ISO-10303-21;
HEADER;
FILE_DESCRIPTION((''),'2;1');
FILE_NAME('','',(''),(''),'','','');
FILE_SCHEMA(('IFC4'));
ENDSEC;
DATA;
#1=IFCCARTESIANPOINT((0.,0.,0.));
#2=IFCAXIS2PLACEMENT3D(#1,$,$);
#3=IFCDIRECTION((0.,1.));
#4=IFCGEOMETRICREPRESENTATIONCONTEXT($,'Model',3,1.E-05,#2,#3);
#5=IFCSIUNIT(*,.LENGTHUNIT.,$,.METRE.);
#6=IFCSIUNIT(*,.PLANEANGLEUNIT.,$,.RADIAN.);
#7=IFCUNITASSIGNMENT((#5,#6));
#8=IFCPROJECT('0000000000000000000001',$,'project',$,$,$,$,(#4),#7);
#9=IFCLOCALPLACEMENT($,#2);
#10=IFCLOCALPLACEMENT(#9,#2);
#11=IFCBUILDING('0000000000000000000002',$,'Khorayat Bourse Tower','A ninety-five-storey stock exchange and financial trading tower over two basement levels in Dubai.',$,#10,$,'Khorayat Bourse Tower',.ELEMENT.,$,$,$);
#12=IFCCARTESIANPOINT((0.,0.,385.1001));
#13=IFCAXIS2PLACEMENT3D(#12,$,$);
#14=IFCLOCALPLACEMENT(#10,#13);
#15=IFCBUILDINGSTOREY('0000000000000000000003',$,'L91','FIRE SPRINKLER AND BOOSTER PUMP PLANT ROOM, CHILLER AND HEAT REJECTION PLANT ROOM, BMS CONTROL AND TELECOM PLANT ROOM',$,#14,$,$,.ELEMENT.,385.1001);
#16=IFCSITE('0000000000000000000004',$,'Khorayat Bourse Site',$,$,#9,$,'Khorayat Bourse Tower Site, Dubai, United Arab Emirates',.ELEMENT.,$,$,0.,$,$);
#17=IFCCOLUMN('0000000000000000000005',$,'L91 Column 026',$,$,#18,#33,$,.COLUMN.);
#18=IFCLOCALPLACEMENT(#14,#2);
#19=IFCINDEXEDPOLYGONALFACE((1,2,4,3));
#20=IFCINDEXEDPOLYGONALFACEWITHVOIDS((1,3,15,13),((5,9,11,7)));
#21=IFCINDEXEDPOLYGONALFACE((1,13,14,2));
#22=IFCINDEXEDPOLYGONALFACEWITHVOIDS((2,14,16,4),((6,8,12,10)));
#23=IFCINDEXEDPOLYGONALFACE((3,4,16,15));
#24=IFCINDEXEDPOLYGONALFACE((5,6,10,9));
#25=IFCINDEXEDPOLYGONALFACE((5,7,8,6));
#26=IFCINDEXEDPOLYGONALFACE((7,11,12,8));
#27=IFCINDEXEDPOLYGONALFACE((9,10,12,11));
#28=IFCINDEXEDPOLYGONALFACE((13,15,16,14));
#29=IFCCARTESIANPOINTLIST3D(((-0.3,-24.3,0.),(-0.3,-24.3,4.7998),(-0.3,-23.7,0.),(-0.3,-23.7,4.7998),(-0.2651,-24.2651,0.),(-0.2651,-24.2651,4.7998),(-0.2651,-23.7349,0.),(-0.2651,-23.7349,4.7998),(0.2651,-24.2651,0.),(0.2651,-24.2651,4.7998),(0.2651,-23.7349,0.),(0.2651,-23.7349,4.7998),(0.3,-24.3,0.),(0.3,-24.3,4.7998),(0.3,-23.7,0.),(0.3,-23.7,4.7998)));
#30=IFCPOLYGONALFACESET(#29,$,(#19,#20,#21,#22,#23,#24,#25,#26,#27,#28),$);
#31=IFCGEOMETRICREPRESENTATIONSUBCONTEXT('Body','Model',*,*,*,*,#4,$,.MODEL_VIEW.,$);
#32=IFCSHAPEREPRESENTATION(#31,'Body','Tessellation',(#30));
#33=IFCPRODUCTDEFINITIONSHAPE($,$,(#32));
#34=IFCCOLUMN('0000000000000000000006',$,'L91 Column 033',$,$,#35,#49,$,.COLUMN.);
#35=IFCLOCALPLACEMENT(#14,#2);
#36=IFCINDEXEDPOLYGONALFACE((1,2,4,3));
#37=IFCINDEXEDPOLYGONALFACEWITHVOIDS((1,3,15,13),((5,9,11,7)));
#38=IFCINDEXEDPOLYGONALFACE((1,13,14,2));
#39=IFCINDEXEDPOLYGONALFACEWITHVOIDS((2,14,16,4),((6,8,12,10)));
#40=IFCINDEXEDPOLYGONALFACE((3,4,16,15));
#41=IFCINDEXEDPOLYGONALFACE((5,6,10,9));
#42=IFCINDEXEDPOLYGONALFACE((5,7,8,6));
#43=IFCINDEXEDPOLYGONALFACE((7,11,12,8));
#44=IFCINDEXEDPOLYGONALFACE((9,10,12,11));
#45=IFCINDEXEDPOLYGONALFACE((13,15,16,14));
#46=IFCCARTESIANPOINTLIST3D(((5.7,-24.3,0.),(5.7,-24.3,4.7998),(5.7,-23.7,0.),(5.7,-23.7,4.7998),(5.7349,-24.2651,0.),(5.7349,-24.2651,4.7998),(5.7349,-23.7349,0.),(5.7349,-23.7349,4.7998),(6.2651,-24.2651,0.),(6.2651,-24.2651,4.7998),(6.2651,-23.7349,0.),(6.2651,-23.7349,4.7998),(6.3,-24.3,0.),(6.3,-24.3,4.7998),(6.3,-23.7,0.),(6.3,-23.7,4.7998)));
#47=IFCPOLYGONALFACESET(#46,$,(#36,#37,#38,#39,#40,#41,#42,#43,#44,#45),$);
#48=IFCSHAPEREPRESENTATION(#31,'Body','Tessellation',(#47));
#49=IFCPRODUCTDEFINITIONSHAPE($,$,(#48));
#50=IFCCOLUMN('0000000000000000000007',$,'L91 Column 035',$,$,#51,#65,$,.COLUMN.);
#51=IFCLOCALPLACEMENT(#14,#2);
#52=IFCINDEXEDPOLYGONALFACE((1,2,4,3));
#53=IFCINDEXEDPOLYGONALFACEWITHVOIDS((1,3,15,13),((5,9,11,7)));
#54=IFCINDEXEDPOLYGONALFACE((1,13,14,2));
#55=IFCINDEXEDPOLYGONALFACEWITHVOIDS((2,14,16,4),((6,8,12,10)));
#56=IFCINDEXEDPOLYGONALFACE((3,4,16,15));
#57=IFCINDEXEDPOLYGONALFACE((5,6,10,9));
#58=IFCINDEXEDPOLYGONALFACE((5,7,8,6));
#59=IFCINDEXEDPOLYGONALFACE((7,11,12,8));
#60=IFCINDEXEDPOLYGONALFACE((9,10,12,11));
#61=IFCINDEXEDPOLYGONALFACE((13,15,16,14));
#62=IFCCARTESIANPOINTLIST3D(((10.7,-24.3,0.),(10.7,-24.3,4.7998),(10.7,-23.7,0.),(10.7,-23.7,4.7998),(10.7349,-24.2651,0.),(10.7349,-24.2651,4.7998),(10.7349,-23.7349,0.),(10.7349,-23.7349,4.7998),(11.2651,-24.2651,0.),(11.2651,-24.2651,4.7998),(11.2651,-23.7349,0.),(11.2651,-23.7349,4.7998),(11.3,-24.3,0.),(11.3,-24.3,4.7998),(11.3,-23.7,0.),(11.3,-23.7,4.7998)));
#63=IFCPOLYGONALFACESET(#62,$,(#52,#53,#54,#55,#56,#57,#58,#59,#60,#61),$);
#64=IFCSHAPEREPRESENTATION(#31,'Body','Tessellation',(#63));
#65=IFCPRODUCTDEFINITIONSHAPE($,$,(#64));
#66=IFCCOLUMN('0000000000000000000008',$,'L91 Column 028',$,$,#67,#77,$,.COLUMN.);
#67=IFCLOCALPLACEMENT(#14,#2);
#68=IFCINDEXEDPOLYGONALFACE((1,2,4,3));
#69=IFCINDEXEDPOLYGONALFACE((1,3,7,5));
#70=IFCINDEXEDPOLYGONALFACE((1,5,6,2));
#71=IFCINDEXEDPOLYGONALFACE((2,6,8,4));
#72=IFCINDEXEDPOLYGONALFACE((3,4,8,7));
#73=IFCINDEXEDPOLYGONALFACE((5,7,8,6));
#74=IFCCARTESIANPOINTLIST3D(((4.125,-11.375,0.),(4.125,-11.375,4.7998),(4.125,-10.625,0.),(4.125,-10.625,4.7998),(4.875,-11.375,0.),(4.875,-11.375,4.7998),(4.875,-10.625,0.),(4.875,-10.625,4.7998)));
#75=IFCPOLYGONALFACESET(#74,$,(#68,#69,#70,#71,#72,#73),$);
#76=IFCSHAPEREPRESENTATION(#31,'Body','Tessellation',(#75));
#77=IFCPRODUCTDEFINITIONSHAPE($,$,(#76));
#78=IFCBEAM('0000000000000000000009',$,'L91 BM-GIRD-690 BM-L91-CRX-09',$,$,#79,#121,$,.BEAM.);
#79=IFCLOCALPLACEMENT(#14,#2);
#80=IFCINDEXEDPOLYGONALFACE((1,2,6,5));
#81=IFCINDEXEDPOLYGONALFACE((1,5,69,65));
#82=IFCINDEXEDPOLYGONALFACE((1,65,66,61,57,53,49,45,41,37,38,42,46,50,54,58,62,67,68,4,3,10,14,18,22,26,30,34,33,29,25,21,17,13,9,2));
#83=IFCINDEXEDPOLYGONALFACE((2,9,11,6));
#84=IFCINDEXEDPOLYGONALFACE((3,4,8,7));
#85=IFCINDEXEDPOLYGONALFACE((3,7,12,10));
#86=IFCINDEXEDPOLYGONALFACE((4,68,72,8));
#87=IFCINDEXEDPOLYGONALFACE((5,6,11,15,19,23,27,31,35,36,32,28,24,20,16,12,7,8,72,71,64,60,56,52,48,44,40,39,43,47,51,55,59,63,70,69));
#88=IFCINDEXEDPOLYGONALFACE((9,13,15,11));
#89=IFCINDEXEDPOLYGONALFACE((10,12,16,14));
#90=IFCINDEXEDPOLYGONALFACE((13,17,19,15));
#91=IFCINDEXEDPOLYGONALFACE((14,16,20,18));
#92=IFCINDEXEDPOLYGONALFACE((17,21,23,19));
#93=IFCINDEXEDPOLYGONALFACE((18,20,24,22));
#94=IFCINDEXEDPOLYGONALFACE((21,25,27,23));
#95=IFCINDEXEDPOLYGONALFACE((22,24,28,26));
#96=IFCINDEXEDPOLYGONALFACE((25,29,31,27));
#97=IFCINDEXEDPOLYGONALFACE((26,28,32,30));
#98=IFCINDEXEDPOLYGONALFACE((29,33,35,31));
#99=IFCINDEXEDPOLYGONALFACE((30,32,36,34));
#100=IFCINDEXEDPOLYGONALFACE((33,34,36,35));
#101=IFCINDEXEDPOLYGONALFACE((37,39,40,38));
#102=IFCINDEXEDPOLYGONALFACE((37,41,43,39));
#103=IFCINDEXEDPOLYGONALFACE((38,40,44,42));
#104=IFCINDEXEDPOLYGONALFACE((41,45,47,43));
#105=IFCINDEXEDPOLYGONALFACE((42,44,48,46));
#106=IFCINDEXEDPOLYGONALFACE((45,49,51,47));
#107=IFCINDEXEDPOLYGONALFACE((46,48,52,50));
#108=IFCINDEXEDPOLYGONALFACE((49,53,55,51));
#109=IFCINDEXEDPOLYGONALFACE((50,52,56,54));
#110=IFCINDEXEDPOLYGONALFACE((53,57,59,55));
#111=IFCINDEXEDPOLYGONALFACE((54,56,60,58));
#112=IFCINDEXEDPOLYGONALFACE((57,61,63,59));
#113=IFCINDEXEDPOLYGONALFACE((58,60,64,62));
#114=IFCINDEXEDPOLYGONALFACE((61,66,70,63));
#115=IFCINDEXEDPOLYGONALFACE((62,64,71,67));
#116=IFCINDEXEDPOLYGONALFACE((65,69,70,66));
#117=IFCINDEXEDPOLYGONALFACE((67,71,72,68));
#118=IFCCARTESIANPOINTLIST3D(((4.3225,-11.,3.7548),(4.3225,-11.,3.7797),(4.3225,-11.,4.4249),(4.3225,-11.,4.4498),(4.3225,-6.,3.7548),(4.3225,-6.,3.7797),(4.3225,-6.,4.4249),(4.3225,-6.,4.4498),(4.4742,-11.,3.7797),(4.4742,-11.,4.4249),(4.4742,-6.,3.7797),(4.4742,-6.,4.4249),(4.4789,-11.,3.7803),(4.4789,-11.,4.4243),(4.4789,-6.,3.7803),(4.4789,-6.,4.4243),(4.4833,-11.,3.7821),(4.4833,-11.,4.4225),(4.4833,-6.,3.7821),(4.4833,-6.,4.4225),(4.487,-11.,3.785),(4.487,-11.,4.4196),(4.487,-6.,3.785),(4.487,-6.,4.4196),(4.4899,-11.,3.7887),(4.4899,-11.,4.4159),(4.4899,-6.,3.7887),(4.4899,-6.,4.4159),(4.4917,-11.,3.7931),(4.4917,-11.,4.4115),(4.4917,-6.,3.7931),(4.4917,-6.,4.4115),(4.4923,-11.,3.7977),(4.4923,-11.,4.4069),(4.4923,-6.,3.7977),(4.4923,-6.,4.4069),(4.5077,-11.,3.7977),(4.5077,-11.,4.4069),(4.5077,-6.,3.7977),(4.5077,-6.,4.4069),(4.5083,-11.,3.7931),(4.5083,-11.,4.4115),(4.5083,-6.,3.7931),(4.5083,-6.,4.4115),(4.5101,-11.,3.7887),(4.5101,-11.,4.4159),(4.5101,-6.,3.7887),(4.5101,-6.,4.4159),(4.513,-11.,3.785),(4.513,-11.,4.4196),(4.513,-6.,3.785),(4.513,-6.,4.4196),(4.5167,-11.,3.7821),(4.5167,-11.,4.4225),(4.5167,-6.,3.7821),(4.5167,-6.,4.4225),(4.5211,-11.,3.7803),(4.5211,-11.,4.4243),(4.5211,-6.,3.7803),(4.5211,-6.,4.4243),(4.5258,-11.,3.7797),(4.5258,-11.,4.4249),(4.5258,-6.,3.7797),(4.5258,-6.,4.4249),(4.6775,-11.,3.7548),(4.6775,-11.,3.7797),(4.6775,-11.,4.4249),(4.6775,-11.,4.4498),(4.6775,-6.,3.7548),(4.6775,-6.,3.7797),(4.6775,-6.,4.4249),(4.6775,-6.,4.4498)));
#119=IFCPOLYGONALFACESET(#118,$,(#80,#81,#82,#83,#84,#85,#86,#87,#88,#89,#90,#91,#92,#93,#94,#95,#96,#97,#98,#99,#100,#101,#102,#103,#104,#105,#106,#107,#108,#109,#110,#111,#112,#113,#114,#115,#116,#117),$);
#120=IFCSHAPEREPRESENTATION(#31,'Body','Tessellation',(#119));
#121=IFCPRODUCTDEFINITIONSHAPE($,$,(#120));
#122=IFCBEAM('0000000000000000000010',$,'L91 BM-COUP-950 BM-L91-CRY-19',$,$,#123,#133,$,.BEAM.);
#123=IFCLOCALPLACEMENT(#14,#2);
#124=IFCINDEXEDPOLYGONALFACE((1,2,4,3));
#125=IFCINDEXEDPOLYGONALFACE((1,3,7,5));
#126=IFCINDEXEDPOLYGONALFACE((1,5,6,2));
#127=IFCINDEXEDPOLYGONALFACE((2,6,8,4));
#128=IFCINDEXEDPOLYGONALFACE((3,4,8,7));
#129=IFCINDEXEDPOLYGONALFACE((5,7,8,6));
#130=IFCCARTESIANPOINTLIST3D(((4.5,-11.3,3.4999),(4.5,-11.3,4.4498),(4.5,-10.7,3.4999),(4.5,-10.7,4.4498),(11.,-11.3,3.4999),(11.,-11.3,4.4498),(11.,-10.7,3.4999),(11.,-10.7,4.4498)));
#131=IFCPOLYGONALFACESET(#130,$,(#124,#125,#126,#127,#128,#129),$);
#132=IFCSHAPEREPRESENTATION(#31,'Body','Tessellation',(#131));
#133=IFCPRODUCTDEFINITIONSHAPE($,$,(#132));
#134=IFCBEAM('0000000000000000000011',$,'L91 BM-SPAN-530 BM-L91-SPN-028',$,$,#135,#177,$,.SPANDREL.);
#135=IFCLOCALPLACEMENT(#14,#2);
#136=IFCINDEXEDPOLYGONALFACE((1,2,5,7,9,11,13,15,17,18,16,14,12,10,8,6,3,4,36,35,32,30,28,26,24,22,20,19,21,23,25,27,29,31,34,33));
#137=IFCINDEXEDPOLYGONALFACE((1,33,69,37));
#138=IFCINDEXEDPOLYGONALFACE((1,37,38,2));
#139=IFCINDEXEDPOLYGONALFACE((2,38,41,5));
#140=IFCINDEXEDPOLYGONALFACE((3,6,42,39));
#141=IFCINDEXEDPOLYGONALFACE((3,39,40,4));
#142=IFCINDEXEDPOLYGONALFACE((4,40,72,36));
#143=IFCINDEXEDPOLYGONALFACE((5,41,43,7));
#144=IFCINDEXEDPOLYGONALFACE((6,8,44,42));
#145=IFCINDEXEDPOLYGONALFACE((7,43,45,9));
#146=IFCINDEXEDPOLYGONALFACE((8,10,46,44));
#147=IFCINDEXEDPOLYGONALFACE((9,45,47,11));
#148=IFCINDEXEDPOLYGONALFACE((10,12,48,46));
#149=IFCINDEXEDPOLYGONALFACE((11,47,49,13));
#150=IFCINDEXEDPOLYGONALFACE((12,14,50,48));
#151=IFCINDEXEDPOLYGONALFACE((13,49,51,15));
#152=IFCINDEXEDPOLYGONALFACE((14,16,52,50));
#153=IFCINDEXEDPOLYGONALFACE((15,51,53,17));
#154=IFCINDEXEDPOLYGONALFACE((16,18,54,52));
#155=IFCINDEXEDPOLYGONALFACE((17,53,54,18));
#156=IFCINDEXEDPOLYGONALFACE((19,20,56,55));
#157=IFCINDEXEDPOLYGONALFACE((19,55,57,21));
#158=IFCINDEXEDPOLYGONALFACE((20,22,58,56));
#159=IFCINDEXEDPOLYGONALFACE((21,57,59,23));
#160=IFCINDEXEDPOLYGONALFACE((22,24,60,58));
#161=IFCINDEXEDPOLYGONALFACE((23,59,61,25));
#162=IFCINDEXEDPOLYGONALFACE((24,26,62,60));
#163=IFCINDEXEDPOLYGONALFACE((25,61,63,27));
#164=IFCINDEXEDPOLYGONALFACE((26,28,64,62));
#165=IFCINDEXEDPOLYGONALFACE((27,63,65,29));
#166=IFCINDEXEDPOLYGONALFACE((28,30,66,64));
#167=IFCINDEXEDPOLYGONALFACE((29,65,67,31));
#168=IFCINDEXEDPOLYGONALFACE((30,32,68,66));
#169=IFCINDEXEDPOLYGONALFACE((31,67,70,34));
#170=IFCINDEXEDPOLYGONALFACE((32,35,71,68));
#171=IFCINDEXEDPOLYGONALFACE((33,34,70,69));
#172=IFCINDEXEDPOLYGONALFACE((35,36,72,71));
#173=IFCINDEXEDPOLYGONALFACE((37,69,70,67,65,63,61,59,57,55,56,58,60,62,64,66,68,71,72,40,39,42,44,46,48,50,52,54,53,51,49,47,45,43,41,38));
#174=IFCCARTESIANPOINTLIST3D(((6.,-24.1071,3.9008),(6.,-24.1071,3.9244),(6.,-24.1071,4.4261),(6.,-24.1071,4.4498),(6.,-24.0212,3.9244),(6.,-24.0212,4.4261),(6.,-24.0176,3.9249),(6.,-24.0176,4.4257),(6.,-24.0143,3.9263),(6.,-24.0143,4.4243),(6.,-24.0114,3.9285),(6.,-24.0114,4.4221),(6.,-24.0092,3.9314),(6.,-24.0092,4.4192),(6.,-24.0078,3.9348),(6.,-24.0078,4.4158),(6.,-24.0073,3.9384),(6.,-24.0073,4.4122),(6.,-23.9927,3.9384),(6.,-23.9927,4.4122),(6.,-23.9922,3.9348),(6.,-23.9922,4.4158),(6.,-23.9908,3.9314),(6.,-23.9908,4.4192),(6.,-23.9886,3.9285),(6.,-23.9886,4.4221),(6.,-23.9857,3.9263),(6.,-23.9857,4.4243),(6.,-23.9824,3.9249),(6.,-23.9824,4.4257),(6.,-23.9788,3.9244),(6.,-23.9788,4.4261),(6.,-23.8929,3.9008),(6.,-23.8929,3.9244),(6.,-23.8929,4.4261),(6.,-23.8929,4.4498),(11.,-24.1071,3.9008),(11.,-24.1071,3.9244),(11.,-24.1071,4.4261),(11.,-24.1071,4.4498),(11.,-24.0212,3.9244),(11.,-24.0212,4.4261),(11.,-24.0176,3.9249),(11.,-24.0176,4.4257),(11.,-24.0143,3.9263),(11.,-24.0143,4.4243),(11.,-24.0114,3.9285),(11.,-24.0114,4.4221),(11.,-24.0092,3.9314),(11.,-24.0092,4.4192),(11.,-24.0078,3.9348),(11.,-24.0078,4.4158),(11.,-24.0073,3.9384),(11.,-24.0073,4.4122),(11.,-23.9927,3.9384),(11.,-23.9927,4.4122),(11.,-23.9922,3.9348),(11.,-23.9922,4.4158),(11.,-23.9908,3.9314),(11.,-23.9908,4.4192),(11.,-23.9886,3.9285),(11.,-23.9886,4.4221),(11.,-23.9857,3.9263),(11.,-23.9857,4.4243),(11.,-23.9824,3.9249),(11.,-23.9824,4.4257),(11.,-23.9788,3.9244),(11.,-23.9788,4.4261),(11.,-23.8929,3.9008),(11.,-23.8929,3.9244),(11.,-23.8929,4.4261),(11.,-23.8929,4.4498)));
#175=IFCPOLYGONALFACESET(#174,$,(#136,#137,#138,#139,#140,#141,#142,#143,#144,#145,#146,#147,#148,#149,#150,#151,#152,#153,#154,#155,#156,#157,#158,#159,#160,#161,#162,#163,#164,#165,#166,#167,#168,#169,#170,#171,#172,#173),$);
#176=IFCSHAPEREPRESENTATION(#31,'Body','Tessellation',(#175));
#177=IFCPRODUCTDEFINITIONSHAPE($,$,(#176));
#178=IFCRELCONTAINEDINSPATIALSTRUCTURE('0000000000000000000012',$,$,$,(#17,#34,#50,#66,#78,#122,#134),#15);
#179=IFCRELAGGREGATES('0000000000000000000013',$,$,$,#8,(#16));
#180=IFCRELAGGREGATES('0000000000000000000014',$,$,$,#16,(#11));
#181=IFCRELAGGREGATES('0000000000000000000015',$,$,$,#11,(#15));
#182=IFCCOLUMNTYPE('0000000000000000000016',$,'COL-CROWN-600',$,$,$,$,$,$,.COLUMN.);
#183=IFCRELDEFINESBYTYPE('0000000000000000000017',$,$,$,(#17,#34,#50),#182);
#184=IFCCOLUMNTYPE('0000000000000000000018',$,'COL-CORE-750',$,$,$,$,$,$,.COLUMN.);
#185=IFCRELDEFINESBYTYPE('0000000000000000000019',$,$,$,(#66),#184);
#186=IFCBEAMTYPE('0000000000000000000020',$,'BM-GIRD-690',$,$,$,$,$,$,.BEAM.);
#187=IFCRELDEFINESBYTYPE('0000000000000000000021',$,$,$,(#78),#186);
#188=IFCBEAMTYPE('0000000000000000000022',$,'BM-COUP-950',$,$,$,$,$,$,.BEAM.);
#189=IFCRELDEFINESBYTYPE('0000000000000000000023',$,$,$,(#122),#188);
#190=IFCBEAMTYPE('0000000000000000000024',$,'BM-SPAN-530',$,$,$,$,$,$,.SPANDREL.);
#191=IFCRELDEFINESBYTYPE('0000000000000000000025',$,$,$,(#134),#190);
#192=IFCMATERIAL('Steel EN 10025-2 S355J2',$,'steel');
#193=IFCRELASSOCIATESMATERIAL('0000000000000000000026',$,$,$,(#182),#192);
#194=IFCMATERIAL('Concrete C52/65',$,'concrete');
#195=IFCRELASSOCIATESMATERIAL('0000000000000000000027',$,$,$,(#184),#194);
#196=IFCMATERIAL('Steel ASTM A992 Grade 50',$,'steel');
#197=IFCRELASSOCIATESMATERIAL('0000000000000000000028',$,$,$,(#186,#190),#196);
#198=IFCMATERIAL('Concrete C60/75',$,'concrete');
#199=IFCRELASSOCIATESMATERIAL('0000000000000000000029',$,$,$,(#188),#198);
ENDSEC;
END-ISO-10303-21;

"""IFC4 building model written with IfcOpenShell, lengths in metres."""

from ifc_helpers import new_model, si_unit, direction, frame, origin, origin_2d, place, context, subcontext, project, spatial, rectangle, hollow_rectangle, i_section, extrude, source, transform, mapped, material, material_profile, profile_set, type_object, element, save


model = new_model("IFC4")

# Units and contexts
model_context = context("Model", 3, precision=1e-05, world=origin(), true_north=direction((0.0, 1.0)))
body_context = subcontext(model_context, "Body", "Model", "MODEL_VIEW")
ifc_project = project(units=[si_unit("LENGTHUNIT", "METRE"), si_unit("PLANEANGLEUNIT", "RADIAN")], contexts=[model_context])

# Site, building, storey
site_placement = place(None, origin())
site = spatial("IfcSite", under=ifc_project, at=site_placement, Name="Khorayat Bourse Site", LongName="Khorayat Bourse Tower Site, Dubai, United Arab Emirates", CompositionType="ELEMENT", RefElevation=0.0)
building_placement = place(site_placement, origin())
building = spatial("IfcBuilding", under=site, at=building_placement, Name="Khorayat Bourse Tower", Description="A ninety-five-storey stock exchange and financial trading tower over two basement levels in Dubai.", LongName="Khorayat Bourse Tower", CompositionType="ELEMENT")
storey_placement = place(building_placement, frame((0.0, 0.0, 385.1001)))
storey = spatial("IfcBuildingStorey", under=building, at=storey_placement, Name="L91", Description="FIRE SPRINKLER AND BOOSTER PUMP PLANT ROOM, CHILLER AND HEAT REJECTION PLANT ROOM, BMS CONTROL AND TELECOM PLANT ROOM", CompositionType="ELEMENT", Elevation=385.1001)

# Columns
ifc_material_1 = material(Name="Steel EN 10025-2 S355J2", Category="steel")
ifc_material_profile_1 = material_profile(ifc_material_1, hollow_rectangle(XDim=0.6001, YDim=0.6001, WallThickness=0.0349, at=origin_2d()), Name="BOX 600x600x35")
ifc_profile_set_1 = profile_set([ifc_material_profile_1], Name="Steel EN 10025-2 S355J2")
column_type_1 = type_object("IfcColumnType", Name="COL-CROWN-600", PredefinedType="COLUMN", material=ifc_profile_set_1)
shared_shape_1 = source(origin(), body_context, "Body", "SweptSolid", [
    extrude(hollow_rectangle(XDim=0.6001, YDim=0.6001, WallThickness=0.0349, at=origin_2d()), origin(), (0.0, 0.0, 1.0), 4.7998),
])
for number, where, z_axis, x_axis, name in (
    (1, (0.0, -24.0, 0.0), (0.0, 0.0, 1.0), (1.0, 0.0, 0.0), "L91 Column 026"),
    (2, (6.0, -24.0, 0.0), (0.0, 0.0, 1.0), (1.0, 0.0, 0.0), "L91 Column 033"),
    (3, (11.0, -24.0, 0.0), (0.0, 0.0, 1.0), (1.0, 0.0, 0.0), "L91 Column 035"),
):
    element("IfcColumn", number, at=place(storey_placement, frame(where, z_axis=z_axis, x_axis=x_axis)), inside=storey, type_object=column_type_1, Name=name, PredefinedType="COLUMN", context=body_context, shape_type="MappedRepresentation", body=[
        mapped(shared_shape_1, transform((0.0, 0.0, 0.0), scale=1.0)),
    ])
ifc_material_2 = material(Name="Concrete C52/65", Category="concrete")
ifc_material_profile_2 = material_profile(ifc_material_2, rectangle(XDim=0.75, YDim=0.75, at=origin_2d()), Name="RC 750x750")
ifc_profile_set_2 = profile_set([ifc_material_profile_2], Name="Concrete C52/65")
column_type_2 = type_object("IfcColumnType", Name="COL-CORE-750", PredefinedType="COLUMN", material=ifc_profile_set_2)
shared_shape_2 = source(origin(), body_context, "Body", "SweptSolid", [
    extrude(rectangle(XDim=0.75, YDim=0.75, at=origin_2d()), origin(), (0.0, 0.0, 1.0), 4.7998),
])
column_placement = place(storey_placement, frame((4.5, -11.0, 0.0), z_axis=(0.0, 0.0, 1.0), x_axis=(1.0, 0.0, 0.0)))
element("IfcColumn", 4, at=column_placement, inside=storey, type_object=column_type_2, Name="L91 Column 028", PredefinedType="COLUMN", context=body_context, shape_type="MappedRepresentation", body=[
    mapped(shared_shape_2, transform((0.0, 0.0, 0.0), scale=1.0)),
])

# Beams
ifc_material_3 = material(Name="Steel ASTM A992 Grade 50", Category="steel")
ifc_material_profile_3 = material_profile(ifc_material_3, i_section(OverallWidth=0.355, OverallDepth=0.6951, WebThickness=0.0154, FlangeThickness=0.0249, FilletRadius=0.0181, at=origin_2d()), Name="W690X217")
ifc_profile_set_3 = profile_set([ifc_material_profile_3], Name="Steel ASTM A992 Grade 50")
beam_type_1 = type_object("IfcBeamType", Name="BM-GIRD-690", PredefinedType="BEAM", material=ifc_profile_set_3)
shared_shape_3 = source(origin(), body_context, "Body", "SweptSolid", [
    extrude(i_section(OverallWidth=0.355, OverallDepth=0.6951, WebThickness=0.0154, FlangeThickness=0.0249, FilletRadius=0.0181, at=origin_2d()), origin(), (0.0, 0.0, 1.0), 5.0),
])
beam_1_placement = place(storey_placement, frame((4.5, -11.0, 4.1023), z_axis=(0.0, 1.0, 0.0), x_axis=(-1.0, 0.0, 0.0)))
element("IfcBeam", 5, at=beam_1_placement, inside=storey, type_object=beam_type_1, Name="L91 BM-GIRD-690 BM-L91-CRX-09", PredefinedType="BEAM", context=body_context, shape_type="MappedRepresentation", body=[
    mapped(shared_shape_3, transform((0.0, 0.0, 0.0), scale=1.0)),
])
ifc_material_4 = material(Name="Concrete C60/75", Category="concrete")
ifc_material_profile_4 = material_profile(ifc_material_4, rectangle(XDim=0.6001, YDim=0.95, at=origin_2d()), Name="RC 600x950")
ifc_profile_set_4 = profile_set([ifc_material_profile_4], Name="Concrete C60/75")
beam_type_2 = type_object("IfcBeamType", Name="BM-COUP-950", PredefinedType="BEAM", material=ifc_profile_set_4)
shared_shape_4 = source(origin(), body_context, "Body", "SweptSolid", [
    extrude(rectangle(XDim=0.6001, YDim=0.95, at=origin_2d()), origin(), (0.0, 0.0, 1.0), 6.5),
])
beam_2_placement = place(storey_placement, frame((4.5, -11.0, 3.9749), z_axis=(1.0, 0.0, 0.0), x_axis=(0.0, 1.0, 0.0)))
element("IfcBeam", 6, at=beam_2_placement, inside=storey, type_object=beam_type_2, Name="L91 BM-COUP-950 BM-L91-CRY-19", PredefinedType="BEAM", context=body_context, shape_type="MappedRepresentation", body=[
    mapped(shared_shape_4, transform((0.0, 0.0, 0.0), scale=1.0)),
])
ifc_material_profile_5 = material_profile(ifc_material_3, i_section(OverallWidth=0.2141, OverallDepth=0.5491, WebThickness=0.0146, FlangeThickness=0.0237, FilletRadius=0.0139, at=origin_2d()), Name="W530X138")
ifc_profile_set_5 = profile_set([ifc_material_profile_5], Name="Steel ASTM A992 Grade 50")
beam_type_3 = type_object("IfcBeamType", Name="BM-SPAN-530", PredefinedType="SPANDREL", material=ifc_profile_set_5)
shared_shape_5 = source(origin(), body_context, "Body", "SweptSolid", [
    extrude(i_section(OverallWidth=0.2141, OverallDepth=0.5491, WebThickness=0.0146, FlangeThickness=0.0237, FilletRadius=0.0139, at=origin_2d()), origin(), (0.0, 0.0, 1.0), 5.0),
])
beam_3_placement = place(storey_placement, frame((6.0, -24.0, 4.1753), z_axis=(1.0, 0.0, 0.0), x_axis=(0.0, 1.0, 0.0)))
element("IfcBeam", 7, at=beam_3_placement, inside=storey, type_object=beam_type_3, Name="L91 BM-SPAN-530 BM-L91-SPN-028", PredefinedType="SPANDREL", context=body_context, shape_type="MappedRepresentation", body=[
    mapped(shared_shape_5, transform((0.0, 0.0, 0.0), scale=1.0)),
])

save(model, "model.ifc")
